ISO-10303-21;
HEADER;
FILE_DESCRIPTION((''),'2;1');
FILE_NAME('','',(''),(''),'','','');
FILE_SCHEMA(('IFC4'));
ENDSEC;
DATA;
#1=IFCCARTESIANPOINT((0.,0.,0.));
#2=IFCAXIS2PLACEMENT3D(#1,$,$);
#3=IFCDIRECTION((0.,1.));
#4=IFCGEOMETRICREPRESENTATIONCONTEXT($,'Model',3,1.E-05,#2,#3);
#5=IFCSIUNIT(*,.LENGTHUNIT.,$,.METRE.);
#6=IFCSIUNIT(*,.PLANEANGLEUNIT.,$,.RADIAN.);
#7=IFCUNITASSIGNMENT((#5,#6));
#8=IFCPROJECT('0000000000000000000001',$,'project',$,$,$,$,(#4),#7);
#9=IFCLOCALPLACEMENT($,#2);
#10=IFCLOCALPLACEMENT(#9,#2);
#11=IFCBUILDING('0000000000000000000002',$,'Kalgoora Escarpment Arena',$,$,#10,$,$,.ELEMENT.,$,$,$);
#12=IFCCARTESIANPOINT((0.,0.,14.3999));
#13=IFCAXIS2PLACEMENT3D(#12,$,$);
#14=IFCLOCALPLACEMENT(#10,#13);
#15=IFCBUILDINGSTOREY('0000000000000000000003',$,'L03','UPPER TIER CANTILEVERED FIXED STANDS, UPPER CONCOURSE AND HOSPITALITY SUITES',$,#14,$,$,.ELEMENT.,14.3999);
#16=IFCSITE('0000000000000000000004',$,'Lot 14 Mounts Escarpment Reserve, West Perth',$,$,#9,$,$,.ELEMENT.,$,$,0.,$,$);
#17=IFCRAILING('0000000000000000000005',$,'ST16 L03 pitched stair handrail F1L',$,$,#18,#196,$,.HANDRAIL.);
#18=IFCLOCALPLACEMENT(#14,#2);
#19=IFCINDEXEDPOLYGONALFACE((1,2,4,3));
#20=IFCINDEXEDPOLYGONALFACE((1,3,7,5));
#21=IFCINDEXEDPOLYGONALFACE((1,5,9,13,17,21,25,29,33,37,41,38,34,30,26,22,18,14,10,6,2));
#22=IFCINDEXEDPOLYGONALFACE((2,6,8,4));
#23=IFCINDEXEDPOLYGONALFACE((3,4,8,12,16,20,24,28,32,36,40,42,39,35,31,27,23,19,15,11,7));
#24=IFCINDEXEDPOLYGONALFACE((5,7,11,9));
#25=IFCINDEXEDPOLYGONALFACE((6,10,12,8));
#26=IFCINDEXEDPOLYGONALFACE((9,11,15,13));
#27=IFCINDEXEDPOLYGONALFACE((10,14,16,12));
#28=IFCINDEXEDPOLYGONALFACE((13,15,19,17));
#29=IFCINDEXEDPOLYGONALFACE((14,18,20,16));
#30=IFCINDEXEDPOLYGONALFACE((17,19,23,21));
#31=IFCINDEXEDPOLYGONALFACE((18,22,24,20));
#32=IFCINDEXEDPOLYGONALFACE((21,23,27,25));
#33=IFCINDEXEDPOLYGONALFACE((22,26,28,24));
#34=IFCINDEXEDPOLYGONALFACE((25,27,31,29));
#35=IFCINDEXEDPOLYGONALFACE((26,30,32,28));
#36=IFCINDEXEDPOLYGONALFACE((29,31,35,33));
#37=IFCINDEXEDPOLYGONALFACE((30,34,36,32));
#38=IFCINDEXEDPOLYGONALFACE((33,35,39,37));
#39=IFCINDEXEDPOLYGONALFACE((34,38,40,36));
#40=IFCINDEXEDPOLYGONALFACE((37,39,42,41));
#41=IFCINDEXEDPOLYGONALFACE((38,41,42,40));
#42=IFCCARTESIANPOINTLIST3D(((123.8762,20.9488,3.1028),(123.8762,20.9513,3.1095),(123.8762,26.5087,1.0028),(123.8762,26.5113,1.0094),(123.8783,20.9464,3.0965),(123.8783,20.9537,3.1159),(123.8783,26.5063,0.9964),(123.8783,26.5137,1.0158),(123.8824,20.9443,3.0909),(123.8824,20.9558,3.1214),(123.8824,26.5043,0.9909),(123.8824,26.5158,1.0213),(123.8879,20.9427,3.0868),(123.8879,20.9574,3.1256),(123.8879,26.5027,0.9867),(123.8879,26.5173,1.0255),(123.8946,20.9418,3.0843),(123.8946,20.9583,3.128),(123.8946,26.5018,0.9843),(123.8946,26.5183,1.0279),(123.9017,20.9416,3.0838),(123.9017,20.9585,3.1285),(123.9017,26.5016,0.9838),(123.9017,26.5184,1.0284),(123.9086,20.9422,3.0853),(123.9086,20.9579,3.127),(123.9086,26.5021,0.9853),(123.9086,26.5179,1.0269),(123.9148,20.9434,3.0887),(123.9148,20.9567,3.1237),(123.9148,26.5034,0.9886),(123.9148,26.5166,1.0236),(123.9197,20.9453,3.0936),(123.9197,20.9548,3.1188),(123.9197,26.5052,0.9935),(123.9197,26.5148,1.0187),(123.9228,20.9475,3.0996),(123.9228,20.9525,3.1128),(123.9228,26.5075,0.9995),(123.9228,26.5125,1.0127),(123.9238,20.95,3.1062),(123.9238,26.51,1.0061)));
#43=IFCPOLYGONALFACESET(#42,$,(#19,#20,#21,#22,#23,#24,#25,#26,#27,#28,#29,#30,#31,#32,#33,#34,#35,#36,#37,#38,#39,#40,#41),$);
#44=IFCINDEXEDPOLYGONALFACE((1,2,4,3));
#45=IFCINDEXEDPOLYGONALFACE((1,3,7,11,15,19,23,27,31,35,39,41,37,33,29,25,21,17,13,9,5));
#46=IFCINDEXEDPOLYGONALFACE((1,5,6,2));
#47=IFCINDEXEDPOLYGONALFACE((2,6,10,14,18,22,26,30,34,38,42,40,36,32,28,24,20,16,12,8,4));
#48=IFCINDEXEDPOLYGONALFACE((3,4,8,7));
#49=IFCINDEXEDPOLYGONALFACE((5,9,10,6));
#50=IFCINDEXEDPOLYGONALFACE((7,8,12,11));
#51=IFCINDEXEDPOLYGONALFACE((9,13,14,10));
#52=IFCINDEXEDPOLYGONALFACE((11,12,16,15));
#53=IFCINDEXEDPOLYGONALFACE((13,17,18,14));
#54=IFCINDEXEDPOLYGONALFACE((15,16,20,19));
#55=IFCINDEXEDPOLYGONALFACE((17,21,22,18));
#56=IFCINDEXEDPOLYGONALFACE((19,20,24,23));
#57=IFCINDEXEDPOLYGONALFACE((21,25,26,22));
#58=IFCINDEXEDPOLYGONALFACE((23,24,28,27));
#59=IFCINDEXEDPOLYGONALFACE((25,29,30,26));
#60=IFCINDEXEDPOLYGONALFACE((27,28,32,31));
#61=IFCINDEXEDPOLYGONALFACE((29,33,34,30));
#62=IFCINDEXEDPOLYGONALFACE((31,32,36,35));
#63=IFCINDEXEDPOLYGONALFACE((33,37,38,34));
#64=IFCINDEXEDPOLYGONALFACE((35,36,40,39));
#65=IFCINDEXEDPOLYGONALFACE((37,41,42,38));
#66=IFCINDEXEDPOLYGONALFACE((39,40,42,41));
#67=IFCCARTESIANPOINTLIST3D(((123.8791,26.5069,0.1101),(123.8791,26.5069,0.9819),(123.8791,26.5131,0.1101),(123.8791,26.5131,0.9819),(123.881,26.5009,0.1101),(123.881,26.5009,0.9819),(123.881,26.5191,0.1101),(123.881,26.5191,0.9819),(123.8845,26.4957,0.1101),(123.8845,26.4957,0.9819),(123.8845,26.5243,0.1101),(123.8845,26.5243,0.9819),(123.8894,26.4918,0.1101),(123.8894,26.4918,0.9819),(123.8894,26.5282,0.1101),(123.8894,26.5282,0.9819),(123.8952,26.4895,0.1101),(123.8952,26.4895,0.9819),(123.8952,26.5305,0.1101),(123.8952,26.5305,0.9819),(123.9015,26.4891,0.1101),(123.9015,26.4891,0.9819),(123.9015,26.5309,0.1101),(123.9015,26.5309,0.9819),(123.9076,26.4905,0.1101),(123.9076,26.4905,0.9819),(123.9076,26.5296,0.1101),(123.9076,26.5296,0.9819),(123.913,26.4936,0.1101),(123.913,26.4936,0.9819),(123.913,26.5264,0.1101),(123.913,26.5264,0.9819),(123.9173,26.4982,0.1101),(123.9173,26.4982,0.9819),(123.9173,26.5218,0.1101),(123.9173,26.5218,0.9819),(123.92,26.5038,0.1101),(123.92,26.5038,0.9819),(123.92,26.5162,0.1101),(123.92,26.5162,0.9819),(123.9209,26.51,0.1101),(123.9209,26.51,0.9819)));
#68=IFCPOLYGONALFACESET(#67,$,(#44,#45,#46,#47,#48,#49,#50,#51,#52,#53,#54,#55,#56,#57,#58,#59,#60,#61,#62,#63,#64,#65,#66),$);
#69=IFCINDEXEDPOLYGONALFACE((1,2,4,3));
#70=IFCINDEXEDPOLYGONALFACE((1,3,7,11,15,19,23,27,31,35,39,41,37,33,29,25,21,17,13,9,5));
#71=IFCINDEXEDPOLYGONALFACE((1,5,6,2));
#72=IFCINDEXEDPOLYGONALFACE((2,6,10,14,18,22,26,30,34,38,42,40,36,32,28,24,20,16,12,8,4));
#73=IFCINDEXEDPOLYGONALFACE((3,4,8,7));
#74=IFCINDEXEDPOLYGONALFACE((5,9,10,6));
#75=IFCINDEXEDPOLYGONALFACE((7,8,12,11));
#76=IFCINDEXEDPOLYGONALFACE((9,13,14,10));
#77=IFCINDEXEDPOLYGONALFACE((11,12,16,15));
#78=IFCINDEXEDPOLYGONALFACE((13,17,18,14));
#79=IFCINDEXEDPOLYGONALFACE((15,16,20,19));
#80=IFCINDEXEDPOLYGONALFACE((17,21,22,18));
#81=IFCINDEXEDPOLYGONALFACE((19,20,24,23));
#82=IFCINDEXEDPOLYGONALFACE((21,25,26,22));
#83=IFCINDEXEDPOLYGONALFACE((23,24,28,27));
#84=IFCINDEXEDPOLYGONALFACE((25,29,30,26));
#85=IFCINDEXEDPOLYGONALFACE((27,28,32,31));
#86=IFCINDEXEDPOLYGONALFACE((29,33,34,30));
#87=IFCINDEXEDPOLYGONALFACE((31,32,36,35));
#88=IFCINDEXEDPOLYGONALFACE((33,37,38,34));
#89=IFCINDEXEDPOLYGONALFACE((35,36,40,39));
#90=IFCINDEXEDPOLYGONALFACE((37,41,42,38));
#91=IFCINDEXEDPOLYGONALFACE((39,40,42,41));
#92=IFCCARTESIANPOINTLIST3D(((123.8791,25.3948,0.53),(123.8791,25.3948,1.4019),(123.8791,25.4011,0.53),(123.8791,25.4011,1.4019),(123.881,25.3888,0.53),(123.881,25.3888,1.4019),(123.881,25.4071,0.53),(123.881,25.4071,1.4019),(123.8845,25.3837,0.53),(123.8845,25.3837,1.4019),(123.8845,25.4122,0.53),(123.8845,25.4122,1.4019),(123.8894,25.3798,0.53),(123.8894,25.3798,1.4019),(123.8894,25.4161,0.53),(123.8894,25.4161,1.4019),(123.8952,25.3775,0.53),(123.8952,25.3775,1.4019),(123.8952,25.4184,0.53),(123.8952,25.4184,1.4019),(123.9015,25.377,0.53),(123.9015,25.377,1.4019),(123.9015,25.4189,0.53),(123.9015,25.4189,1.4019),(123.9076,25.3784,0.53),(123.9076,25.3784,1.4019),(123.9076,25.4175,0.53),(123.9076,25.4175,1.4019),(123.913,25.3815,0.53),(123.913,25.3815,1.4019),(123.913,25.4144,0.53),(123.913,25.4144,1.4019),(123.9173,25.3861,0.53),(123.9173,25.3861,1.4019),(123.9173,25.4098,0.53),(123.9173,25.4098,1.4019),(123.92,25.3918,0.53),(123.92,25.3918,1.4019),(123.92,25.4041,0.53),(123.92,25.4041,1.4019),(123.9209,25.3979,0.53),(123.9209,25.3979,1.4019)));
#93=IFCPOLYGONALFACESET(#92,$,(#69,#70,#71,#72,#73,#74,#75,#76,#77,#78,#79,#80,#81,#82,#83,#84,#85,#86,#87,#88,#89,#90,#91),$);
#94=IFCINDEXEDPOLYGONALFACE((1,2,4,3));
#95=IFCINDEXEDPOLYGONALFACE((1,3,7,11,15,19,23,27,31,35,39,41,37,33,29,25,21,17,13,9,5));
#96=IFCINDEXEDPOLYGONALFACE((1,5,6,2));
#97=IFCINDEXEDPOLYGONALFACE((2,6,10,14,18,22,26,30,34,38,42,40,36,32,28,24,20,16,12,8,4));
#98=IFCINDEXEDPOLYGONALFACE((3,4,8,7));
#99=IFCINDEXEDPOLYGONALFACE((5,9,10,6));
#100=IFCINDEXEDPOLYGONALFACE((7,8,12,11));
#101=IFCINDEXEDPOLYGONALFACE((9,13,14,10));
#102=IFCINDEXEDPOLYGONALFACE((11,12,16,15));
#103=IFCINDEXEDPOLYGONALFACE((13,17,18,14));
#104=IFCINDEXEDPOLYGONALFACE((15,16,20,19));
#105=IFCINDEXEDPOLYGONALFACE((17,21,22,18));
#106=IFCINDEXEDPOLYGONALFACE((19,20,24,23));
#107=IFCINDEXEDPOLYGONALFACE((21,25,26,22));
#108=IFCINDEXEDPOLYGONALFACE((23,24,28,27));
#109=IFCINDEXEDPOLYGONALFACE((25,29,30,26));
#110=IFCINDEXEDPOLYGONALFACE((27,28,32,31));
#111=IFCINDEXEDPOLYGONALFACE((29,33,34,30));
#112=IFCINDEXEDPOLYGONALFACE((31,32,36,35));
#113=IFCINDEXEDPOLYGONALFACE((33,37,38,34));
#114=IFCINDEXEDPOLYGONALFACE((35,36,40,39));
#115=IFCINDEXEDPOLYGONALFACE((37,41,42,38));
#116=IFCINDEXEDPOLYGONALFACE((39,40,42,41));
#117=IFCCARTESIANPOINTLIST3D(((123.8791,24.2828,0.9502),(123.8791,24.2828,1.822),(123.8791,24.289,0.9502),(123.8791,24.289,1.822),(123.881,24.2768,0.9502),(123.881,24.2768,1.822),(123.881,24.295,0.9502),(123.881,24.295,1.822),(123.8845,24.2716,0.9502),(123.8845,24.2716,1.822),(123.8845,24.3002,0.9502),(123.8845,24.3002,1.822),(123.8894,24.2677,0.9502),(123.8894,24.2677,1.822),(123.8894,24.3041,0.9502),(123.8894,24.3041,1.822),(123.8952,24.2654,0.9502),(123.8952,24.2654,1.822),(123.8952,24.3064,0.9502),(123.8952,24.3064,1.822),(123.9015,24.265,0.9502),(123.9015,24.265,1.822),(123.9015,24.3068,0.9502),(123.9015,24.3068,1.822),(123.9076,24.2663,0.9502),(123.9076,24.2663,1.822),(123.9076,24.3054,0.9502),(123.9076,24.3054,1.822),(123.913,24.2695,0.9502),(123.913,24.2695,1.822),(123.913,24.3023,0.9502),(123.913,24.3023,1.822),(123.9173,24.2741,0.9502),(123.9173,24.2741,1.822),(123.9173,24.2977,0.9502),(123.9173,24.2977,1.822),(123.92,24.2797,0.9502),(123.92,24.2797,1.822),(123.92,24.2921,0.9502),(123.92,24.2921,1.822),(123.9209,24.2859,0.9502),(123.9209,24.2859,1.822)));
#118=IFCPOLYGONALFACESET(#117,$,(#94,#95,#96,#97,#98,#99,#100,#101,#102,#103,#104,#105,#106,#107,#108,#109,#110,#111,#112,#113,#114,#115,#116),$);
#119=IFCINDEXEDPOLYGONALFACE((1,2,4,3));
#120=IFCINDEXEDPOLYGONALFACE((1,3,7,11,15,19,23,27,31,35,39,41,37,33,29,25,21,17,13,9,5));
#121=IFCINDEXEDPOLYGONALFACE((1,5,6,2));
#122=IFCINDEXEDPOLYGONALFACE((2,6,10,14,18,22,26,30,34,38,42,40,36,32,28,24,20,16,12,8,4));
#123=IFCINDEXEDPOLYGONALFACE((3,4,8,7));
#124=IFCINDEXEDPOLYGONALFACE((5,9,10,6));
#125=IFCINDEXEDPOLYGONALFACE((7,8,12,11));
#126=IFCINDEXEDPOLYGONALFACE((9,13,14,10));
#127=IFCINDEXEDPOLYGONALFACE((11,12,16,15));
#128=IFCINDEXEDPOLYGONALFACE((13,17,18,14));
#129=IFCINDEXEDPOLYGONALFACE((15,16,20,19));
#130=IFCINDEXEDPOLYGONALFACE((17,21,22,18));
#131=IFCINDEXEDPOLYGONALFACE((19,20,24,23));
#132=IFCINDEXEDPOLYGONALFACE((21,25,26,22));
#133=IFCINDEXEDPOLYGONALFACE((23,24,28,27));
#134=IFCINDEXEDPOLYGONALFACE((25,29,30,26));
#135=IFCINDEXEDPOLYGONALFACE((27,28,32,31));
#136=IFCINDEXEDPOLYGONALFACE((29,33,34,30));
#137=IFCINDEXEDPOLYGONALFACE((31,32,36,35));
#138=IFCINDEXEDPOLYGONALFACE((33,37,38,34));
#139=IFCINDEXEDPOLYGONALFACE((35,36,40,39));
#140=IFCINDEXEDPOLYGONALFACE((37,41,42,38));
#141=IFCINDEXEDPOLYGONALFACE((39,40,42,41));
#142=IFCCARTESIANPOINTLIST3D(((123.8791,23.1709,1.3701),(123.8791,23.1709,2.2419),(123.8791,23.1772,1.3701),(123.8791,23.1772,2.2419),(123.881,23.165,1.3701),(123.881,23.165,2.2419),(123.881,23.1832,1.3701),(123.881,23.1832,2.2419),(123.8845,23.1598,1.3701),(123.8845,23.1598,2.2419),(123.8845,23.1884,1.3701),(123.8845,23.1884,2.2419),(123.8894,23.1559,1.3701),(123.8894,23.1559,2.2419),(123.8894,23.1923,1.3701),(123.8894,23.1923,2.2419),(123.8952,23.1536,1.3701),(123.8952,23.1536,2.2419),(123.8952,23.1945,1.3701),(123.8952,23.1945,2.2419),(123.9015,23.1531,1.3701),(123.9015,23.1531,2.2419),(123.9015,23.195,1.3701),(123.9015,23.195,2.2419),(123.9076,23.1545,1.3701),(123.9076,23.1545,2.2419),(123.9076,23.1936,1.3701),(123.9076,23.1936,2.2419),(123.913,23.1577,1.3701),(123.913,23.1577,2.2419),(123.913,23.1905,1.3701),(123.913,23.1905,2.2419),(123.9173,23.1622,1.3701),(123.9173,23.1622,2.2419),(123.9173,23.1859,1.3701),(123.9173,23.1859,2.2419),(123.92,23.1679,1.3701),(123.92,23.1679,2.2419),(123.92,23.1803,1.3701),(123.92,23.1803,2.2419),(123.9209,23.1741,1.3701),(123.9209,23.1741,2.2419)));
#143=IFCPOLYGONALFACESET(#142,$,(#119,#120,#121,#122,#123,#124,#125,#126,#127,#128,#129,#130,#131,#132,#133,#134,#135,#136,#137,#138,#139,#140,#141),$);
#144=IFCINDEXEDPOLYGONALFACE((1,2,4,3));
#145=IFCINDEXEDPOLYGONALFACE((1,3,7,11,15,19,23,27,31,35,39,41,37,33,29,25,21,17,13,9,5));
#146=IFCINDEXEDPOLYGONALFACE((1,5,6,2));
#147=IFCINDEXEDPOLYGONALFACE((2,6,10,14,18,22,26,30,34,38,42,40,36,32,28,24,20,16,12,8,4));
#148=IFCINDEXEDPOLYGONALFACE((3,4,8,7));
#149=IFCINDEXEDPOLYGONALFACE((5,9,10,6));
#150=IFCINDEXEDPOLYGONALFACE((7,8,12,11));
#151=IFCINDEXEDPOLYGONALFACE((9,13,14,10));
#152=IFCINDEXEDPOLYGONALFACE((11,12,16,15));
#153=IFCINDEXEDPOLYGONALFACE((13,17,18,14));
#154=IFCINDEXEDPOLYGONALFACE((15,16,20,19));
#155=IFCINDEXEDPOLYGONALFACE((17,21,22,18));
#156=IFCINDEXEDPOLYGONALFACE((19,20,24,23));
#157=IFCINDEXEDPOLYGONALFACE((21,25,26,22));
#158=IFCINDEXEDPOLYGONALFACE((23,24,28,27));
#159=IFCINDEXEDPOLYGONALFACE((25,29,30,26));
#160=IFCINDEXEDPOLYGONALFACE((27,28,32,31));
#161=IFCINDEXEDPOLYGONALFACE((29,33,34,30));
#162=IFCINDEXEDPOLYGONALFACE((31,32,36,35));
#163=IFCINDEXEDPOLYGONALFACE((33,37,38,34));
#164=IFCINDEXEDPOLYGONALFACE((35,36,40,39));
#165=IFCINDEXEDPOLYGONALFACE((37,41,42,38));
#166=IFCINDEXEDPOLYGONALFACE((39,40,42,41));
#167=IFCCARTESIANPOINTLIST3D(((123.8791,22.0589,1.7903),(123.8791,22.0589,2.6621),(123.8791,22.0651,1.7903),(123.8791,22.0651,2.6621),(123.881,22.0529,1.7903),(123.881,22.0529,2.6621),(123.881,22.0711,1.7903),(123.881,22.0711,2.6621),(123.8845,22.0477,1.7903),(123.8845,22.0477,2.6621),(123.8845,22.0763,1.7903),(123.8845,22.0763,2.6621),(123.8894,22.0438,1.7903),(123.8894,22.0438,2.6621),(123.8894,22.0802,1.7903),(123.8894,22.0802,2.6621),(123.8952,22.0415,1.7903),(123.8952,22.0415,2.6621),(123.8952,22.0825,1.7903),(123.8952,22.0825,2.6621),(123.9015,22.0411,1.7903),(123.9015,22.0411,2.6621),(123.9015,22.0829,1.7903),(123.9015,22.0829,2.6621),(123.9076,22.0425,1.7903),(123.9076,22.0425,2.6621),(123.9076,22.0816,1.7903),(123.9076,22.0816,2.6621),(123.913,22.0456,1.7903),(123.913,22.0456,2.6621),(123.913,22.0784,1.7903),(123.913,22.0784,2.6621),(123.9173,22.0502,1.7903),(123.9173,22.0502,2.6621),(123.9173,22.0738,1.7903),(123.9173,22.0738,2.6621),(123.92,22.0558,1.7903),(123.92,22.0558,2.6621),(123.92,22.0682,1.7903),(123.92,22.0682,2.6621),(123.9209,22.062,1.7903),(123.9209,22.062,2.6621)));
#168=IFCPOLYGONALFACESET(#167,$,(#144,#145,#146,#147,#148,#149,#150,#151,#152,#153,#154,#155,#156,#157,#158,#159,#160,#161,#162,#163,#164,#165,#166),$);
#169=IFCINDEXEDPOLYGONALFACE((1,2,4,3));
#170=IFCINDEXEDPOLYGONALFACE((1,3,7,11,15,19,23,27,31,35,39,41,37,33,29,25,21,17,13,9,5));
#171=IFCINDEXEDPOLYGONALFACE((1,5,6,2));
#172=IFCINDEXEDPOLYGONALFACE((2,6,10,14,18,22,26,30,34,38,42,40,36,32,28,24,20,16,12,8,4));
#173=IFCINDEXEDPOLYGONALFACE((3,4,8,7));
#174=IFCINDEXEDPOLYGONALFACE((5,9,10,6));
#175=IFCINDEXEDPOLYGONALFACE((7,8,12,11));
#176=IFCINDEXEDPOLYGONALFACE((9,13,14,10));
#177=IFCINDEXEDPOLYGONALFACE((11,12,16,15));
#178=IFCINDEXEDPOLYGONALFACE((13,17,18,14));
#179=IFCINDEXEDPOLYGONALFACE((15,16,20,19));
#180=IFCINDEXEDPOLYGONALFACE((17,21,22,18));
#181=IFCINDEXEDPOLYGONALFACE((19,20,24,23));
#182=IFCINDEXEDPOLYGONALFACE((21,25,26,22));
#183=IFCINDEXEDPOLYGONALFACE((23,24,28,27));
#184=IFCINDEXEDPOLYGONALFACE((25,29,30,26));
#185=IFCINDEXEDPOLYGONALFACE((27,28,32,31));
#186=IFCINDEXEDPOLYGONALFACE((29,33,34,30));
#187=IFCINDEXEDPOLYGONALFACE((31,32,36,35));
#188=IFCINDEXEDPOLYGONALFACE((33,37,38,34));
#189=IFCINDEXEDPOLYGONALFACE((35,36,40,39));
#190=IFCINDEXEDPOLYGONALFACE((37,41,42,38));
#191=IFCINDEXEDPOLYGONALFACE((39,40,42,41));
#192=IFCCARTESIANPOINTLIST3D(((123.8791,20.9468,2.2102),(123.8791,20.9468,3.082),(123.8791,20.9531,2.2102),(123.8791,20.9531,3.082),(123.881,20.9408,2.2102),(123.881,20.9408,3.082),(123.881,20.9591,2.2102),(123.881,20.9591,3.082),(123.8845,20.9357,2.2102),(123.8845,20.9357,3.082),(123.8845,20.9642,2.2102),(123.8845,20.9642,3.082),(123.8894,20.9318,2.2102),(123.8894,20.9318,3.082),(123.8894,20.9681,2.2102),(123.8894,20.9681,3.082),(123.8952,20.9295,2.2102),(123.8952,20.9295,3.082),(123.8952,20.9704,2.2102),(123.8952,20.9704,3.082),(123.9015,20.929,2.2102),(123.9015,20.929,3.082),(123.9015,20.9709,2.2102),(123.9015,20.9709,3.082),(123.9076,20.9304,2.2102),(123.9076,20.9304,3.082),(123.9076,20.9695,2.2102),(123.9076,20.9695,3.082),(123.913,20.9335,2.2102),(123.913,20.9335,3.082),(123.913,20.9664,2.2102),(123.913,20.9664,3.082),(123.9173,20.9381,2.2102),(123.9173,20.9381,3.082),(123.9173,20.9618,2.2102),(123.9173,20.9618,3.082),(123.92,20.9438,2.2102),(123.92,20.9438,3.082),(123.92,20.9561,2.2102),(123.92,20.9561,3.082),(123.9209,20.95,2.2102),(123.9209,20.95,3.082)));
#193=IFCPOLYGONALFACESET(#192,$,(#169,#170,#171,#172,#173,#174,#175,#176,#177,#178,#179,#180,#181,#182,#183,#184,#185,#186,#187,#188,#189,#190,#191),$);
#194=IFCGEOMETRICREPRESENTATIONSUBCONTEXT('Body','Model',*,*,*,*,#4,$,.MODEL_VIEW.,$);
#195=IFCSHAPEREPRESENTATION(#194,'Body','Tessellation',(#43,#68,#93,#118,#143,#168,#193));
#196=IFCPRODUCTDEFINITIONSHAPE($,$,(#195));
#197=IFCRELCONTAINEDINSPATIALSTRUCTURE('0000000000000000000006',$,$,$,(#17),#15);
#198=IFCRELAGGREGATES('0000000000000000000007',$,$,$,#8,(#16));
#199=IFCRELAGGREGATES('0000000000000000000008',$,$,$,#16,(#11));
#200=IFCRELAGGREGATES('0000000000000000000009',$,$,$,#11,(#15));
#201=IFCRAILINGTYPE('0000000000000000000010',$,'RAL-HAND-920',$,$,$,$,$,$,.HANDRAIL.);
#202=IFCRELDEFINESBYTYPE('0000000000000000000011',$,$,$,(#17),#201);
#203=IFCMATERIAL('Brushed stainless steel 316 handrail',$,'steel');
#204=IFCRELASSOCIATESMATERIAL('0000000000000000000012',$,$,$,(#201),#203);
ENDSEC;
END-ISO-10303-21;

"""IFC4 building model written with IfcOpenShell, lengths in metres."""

from ifc_helpers import new_model, si_unit, direction, frame, origin, origin_2d, place, context, subcontext, project, spatial, circle, extrude, material, type_object, element, save


model = new_model("IFC4")

# Units and contexts
model_context = context("Model", 3, precision=1e-05, world=origin(), true_north=direction((0.0, 1.0)))
body_context = subcontext(model_context, "Body", "Model", "MODEL_VIEW")
ifc_project = project(units=[si_unit("LENGTHUNIT", "METRE"), si_unit("PLANEANGLEUNIT", "RADIAN")], contexts=[model_context])

# Site, building, storey
site_placement = place(None, origin())
site = spatial("IfcSite", under=ifc_project, at=site_placement, Name="Lot 14 Mounts Escarpment Reserve, West Perth", CompositionType="ELEMENT", RefElevation=0.0)
building_placement = place(site_placement, origin())
building = spatial("IfcBuilding", under=site, at=building_placement, Name="Kalgoora Escarpment Arena", CompositionType="ELEMENT")
storey_placement = place(building_placement, frame((0.0, 0.0, 14.3999)))
storey = spatial("IfcBuildingStorey", under=building, at=storey_placement, Name="L03", Description="UPPER TIER CANTILEVERED FIXED STANDS, UPPER CONCOURSE AND HOSPITALITY SUITES", CompositionType="ELEMENT", Elevation=14.3999)

# Railing
ifc_material_1 = material(Name="Brushed stainless steel 316 handrail", Category="steel")
railing_type_1 = type_object("IfcRailingType", Name="RAL-HAND-920", PredefinedType="HANDRAIL", material=ifc_material_1)
for number, where, name in (
    (1, (123.8999, 26.51, 0.1101), "ST16 L03 pitched stair handrail F1L"),
):
    element("IfcRailing", number, at=place(storey_placement, frame(where)), inside=storey, type_object=railing_type_1, Name=name, PredefinedType="HANDRAIL", context=body_context, shape_type="SweptSolid", body=[
        extrude(circle(Radius=0.0239, at=origin_2d()), frame((0.0, 0.0, 0.896), z_axis=(0.0, -0.935493, 0.353346), x_axis=(1.0, 0.0, 0.0)), (0.0, 0.0, 1.0), 5.9434),
        extrude(circle(Radius=0.021, at=origin_2d()), origin(), (0.0, 0.0, 1.0), 0.8718),
        extrude(circle(Radius=0.021, at=origin_2d()), frame((0.0, -1.1121, 0.4199)), (0.0, 0.0, 1.0), 0.8718),
        extrude(circle(Radius=0.021, at=origin_2d()), frame((0.0, -2.2241, 0.8401)), (0.0, 0.0, 1.0), 0.8718),
        extrude(circle(Radius=0.021, at=origin_2d()), frame((0.0, -3.3359, 1.26)), (0.0, 0.0, 1.0), 0.8718),
        extrude(circle(Radius=0.021, at=origin_2d()), frame((0.0, -4.448, 1.6802)), (0.0, 0.0, 1.0), 0.8718),
        extrude(circle(Radius=0.021, at=origin_2d()), frame((0.0, -5.5601, 2.1001)), (0.0, 0.0, 1.0), 0.8718),
    ])

save(model, "model.ifc")
